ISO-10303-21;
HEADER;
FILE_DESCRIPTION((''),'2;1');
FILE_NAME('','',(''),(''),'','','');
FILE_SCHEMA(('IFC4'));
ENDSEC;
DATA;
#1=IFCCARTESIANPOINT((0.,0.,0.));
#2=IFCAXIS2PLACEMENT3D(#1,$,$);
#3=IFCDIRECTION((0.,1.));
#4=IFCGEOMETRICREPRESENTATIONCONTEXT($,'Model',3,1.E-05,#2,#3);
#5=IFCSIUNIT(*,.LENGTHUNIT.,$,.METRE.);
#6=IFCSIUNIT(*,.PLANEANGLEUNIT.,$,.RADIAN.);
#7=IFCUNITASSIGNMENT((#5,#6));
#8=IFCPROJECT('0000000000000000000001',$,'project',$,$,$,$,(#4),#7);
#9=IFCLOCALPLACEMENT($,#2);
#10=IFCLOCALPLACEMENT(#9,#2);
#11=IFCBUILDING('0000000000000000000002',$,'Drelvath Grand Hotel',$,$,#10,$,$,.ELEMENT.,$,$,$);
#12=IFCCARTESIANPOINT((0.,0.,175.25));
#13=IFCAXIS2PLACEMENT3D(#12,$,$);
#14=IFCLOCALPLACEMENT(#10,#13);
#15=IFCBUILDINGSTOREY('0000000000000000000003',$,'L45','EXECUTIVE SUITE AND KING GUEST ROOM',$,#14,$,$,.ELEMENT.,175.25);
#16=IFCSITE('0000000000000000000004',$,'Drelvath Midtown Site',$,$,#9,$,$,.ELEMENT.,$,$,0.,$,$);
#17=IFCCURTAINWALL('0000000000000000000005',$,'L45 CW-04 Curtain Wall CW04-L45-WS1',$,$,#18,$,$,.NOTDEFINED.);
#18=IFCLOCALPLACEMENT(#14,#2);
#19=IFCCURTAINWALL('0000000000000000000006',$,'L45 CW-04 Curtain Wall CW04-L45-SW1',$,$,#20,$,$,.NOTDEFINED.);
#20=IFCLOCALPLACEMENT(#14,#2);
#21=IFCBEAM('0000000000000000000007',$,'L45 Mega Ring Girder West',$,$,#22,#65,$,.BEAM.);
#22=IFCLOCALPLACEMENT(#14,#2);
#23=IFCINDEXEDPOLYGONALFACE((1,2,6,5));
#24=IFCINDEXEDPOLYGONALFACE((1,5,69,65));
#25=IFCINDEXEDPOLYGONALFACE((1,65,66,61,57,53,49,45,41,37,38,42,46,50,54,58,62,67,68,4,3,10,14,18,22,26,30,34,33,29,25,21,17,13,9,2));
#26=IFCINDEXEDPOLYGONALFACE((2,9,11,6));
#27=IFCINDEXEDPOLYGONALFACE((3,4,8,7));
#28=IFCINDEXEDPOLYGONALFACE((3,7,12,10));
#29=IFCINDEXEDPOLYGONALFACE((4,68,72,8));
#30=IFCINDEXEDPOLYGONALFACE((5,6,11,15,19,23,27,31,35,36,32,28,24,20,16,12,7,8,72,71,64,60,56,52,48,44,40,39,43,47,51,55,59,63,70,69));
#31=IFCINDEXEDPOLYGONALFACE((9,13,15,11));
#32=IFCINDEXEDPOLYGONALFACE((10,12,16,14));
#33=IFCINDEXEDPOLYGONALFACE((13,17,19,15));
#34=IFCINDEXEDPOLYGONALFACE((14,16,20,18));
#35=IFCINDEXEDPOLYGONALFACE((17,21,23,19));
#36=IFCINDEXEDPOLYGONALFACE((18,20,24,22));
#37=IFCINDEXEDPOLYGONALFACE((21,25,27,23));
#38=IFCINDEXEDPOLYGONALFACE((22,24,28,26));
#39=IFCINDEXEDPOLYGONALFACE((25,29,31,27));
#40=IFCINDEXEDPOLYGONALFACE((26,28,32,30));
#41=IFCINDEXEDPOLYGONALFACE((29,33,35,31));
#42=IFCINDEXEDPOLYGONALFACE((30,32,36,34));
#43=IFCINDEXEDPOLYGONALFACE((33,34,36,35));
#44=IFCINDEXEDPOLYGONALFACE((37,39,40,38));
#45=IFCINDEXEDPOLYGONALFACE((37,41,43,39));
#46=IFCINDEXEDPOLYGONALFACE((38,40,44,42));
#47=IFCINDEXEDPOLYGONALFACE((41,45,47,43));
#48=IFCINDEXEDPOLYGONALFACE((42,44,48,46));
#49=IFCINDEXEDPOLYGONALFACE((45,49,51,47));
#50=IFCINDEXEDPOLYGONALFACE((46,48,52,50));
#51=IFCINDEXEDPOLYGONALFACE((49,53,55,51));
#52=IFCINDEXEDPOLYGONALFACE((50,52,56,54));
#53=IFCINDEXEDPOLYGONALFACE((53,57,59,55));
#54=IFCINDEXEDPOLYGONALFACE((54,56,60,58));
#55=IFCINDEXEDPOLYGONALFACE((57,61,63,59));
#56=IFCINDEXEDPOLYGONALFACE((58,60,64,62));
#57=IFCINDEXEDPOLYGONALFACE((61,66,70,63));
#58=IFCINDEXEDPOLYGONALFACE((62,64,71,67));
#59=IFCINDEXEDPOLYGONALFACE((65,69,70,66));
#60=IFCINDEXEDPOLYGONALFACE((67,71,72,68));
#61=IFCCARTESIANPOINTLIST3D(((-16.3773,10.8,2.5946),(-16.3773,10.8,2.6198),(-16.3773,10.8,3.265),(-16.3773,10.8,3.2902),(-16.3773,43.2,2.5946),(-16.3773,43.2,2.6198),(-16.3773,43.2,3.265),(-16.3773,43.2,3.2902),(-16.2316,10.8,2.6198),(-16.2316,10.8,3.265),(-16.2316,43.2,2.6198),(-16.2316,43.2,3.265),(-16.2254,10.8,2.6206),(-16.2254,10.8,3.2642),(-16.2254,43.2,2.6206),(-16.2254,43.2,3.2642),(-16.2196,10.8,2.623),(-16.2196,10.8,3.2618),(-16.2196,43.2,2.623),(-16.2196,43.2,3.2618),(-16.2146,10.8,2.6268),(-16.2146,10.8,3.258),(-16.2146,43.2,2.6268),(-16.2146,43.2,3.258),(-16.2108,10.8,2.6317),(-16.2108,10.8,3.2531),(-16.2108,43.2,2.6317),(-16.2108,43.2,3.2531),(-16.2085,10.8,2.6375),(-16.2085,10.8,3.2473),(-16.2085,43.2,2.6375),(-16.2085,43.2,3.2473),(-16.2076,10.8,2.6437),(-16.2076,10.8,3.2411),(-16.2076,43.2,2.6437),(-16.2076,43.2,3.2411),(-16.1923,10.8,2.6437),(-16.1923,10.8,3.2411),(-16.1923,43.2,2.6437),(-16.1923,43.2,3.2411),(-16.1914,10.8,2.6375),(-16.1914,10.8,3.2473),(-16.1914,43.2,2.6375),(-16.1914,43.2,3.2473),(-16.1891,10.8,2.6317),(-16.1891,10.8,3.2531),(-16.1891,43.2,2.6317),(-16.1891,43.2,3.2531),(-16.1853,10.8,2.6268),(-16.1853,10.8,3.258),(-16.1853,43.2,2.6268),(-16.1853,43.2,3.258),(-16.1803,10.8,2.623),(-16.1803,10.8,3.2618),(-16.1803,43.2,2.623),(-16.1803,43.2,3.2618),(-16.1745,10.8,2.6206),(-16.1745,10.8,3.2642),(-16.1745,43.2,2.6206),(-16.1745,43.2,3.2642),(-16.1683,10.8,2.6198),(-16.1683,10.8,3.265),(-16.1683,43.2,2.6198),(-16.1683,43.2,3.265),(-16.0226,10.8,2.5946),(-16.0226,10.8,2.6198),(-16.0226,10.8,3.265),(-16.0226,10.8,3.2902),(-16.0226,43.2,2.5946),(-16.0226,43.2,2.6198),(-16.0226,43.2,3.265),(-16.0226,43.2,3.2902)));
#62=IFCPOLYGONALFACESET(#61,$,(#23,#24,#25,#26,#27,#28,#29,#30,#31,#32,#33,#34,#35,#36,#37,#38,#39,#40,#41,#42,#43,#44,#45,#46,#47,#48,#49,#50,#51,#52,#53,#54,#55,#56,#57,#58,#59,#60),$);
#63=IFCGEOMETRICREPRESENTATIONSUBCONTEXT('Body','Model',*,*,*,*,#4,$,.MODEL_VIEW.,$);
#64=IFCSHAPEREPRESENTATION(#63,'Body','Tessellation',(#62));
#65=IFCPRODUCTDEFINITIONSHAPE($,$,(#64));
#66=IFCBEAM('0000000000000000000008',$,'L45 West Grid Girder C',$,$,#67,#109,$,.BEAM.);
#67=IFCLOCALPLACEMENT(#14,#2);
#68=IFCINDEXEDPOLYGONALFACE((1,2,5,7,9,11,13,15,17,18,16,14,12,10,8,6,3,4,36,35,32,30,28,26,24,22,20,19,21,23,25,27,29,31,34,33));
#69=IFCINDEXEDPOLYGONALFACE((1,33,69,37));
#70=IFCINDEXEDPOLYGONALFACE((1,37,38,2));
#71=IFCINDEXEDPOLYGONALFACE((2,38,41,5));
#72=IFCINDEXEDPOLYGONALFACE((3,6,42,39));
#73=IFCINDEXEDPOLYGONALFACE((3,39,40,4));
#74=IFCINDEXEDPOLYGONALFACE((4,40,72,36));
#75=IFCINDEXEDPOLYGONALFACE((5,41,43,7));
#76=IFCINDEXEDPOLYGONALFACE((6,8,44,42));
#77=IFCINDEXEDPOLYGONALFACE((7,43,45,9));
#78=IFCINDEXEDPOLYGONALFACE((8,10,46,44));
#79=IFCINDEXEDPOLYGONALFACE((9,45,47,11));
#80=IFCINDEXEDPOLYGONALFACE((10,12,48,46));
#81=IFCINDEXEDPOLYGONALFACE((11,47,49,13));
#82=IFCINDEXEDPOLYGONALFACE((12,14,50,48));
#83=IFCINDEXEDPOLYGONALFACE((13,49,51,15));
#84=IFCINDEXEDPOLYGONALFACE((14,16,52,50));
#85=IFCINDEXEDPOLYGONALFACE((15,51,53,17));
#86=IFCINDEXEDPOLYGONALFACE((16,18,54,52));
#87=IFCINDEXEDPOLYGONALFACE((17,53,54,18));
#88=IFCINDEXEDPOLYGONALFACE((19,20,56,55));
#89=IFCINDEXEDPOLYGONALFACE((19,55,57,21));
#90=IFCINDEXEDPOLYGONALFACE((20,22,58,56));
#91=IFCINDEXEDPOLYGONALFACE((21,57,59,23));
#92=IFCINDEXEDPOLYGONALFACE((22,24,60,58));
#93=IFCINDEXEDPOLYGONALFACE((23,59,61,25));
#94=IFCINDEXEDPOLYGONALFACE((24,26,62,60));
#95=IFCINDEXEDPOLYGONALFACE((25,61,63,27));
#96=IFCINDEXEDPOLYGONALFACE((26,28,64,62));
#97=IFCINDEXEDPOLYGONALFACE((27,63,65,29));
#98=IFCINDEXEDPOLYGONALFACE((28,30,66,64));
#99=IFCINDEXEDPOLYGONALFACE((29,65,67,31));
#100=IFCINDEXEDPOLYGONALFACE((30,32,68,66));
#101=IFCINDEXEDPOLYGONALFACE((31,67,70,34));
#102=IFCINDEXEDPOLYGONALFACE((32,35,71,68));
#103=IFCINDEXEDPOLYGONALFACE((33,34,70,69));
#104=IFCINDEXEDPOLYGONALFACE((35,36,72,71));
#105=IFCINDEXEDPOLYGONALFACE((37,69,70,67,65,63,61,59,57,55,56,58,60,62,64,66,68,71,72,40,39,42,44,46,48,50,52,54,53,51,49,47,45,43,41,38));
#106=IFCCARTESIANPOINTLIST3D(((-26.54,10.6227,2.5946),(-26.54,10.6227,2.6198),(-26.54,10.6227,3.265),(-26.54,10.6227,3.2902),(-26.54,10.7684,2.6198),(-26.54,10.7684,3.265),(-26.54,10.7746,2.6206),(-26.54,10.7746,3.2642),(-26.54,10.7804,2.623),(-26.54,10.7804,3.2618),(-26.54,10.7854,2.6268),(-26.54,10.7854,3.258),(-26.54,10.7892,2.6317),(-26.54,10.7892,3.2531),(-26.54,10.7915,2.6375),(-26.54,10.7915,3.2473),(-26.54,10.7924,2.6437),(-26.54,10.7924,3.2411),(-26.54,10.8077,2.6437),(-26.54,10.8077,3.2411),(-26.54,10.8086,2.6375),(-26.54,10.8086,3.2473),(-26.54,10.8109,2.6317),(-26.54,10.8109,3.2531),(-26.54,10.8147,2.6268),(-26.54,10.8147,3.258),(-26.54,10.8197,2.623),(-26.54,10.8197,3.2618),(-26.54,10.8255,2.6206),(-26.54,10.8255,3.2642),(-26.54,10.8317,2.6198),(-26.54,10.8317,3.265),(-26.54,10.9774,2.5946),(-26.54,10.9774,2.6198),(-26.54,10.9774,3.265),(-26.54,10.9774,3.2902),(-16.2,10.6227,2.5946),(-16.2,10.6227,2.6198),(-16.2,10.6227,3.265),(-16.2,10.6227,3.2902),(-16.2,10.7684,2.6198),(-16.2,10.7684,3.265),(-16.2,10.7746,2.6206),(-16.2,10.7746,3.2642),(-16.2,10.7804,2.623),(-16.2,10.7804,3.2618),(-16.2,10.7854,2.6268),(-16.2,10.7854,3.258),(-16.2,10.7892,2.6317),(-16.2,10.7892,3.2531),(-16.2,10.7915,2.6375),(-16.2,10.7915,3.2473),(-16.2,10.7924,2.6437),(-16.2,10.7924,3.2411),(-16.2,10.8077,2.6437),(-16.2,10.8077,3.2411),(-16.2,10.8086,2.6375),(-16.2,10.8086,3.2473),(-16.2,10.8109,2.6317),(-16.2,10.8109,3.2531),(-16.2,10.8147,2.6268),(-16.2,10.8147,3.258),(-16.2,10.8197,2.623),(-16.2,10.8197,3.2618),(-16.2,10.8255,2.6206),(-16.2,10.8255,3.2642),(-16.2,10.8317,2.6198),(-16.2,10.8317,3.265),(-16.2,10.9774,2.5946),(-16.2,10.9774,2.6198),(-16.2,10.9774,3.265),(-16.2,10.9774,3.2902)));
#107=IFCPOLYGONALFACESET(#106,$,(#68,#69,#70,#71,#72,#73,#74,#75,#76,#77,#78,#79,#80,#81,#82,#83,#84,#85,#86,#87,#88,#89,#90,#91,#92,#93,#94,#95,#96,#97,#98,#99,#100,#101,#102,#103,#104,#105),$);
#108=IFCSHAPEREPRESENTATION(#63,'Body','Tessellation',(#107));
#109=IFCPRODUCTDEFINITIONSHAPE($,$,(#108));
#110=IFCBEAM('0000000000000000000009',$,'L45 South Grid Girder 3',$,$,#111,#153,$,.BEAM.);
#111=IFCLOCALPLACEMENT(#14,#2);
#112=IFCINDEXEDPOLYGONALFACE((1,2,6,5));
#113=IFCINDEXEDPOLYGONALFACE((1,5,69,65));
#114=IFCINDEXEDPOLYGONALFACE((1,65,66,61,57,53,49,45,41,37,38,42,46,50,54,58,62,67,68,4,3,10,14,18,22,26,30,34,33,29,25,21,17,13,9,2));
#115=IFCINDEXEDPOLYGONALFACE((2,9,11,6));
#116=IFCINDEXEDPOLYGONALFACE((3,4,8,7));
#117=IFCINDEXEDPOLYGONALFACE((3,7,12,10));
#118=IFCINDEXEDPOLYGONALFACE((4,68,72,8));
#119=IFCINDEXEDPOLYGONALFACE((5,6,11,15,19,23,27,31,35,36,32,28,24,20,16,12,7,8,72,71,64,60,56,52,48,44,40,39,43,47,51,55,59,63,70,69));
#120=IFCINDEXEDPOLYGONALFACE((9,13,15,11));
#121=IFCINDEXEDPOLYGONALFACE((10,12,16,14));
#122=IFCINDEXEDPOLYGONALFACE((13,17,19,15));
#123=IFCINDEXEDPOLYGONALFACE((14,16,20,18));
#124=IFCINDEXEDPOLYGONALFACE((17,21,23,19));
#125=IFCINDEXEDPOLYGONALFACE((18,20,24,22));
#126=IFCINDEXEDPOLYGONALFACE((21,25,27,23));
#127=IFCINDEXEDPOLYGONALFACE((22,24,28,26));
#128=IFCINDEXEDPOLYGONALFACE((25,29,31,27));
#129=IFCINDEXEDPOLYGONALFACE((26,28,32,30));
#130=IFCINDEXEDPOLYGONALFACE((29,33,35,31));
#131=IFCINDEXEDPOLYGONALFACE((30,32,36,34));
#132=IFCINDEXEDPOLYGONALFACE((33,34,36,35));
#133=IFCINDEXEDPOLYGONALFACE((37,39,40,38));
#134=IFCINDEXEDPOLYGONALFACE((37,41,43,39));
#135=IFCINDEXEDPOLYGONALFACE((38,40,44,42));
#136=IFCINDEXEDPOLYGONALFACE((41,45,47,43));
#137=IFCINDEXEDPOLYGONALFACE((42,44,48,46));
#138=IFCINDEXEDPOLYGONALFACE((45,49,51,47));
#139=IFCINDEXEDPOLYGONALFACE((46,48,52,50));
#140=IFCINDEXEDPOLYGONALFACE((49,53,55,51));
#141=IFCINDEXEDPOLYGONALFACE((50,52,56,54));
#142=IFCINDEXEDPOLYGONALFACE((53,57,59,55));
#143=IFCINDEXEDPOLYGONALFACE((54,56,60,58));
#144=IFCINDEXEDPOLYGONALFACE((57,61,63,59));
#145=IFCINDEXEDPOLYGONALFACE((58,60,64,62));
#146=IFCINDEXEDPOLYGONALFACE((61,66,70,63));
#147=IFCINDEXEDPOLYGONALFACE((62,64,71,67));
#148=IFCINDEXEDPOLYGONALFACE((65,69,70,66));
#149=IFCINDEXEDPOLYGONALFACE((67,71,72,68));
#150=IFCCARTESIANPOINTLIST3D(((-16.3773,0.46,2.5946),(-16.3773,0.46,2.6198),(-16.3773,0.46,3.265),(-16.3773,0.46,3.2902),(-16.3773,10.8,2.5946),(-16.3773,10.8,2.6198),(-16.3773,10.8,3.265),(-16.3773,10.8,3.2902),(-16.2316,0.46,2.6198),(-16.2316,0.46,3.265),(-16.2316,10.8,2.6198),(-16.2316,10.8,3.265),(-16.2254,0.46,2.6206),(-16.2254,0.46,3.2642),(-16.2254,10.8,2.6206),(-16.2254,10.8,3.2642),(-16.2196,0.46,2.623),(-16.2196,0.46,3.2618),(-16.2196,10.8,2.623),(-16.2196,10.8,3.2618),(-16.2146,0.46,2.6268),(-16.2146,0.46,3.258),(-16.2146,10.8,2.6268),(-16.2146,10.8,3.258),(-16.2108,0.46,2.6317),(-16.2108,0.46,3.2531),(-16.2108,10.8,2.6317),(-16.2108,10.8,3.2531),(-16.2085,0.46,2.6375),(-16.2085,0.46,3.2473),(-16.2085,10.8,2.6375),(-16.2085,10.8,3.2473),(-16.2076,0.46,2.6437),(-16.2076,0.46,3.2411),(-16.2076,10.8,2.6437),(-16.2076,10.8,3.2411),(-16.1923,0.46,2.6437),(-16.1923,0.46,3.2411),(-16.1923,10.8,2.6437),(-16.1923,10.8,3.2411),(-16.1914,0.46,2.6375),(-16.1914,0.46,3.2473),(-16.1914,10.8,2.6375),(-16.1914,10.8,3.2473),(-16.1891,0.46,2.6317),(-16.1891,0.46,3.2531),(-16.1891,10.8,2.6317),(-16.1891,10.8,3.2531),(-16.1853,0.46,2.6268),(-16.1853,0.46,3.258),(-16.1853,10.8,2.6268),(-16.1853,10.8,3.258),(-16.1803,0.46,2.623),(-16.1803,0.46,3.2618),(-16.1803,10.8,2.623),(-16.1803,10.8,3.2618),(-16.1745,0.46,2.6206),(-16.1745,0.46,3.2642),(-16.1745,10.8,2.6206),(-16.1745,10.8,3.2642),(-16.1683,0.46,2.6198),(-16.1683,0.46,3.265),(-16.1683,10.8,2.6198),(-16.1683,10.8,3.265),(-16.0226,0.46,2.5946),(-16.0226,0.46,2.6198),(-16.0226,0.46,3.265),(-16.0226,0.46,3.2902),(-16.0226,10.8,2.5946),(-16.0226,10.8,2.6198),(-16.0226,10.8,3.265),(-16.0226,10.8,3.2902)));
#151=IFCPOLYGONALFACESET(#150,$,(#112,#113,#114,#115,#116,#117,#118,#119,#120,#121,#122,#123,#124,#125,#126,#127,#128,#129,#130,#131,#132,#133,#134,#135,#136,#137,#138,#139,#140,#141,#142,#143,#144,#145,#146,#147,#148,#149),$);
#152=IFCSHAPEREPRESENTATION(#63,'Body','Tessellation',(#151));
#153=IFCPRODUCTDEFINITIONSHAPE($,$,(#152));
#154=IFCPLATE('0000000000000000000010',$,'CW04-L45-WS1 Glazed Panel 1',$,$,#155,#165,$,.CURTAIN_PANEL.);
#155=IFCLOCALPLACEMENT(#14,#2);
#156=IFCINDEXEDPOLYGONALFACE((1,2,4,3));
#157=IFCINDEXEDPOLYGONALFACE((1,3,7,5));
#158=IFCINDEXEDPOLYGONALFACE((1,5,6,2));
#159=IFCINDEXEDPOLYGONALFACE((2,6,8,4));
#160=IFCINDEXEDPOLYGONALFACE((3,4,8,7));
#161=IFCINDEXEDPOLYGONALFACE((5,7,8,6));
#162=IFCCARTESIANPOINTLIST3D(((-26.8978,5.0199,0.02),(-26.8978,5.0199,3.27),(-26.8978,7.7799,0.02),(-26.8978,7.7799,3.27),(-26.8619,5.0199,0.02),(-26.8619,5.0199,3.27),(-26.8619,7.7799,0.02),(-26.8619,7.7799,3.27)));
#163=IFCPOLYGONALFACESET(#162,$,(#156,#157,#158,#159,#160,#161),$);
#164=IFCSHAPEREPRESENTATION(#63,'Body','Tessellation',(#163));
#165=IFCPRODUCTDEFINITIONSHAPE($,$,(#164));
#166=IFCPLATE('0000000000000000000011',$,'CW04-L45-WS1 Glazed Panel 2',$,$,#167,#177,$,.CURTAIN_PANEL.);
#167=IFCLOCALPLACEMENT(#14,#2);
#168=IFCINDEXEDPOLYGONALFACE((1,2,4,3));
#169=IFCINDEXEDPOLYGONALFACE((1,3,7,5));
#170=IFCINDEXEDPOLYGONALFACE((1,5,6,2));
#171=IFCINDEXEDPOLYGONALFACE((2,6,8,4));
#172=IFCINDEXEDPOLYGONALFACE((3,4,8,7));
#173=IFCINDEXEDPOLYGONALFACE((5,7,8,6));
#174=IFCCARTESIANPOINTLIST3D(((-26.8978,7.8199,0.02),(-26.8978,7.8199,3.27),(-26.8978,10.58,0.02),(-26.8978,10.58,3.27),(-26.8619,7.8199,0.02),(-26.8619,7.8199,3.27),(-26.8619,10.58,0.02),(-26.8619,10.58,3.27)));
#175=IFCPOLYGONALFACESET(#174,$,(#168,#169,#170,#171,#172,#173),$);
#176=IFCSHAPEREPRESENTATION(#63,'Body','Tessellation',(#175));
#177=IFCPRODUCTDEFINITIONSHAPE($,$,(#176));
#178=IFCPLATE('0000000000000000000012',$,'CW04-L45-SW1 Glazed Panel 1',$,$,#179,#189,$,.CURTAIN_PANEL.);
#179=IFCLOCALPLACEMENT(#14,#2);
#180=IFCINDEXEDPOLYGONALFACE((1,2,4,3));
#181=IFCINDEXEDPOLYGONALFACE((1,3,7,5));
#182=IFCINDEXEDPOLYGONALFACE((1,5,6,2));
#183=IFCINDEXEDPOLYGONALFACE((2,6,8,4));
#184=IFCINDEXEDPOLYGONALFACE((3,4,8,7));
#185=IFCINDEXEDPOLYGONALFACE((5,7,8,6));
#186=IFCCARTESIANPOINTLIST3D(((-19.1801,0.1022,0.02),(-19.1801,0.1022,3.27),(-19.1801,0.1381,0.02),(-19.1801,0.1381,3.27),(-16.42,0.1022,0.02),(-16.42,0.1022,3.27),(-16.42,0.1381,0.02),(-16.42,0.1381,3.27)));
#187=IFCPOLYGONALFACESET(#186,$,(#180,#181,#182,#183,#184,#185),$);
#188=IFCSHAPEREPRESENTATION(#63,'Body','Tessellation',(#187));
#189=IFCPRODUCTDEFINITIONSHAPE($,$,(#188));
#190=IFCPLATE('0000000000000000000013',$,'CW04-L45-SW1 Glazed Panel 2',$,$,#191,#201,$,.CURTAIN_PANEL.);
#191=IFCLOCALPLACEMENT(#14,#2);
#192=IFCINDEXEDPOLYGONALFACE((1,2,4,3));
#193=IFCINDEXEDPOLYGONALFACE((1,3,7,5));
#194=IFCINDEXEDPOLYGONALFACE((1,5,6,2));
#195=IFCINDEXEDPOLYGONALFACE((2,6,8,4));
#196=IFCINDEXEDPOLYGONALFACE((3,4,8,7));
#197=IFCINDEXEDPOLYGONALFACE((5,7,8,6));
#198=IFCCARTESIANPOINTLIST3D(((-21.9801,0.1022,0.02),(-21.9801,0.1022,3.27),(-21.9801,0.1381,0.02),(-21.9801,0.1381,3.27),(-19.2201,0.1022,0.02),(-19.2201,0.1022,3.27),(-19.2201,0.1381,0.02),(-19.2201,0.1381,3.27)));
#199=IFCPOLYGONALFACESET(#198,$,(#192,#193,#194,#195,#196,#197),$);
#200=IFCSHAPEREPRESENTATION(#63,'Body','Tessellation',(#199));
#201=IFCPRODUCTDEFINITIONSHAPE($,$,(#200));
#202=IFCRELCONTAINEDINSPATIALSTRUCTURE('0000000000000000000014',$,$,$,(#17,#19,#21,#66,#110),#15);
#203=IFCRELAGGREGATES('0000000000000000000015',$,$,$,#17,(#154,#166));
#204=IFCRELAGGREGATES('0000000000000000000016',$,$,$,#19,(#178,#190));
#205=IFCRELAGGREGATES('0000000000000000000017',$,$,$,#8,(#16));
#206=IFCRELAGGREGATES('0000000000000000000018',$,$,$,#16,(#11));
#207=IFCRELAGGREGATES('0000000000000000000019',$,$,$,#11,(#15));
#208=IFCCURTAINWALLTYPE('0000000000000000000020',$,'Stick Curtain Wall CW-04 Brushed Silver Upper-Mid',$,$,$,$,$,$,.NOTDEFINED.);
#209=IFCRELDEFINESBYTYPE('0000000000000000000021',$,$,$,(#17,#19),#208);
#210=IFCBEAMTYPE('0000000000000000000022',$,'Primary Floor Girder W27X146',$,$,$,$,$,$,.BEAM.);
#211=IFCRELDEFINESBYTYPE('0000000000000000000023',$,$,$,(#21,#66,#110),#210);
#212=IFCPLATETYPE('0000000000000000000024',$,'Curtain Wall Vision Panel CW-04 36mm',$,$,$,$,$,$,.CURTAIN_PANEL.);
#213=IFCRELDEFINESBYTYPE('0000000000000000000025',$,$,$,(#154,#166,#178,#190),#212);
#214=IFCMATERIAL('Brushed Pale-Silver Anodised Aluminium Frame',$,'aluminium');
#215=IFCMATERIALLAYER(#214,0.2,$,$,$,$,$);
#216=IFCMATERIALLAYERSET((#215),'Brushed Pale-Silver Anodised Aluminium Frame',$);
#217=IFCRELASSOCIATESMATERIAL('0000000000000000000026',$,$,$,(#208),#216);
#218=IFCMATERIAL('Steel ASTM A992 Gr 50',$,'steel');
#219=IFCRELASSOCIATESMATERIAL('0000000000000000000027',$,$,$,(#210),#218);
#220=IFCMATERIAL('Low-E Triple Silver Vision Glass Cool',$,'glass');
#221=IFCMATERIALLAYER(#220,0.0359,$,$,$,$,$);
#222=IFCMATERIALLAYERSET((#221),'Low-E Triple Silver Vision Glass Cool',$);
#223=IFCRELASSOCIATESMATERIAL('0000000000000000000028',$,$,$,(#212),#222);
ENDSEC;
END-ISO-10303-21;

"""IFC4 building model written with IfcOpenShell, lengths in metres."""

from ifc_helpers import new_model, si_unit, direction, frame, origin, origin_2d, place, context, subcontext, project, spatial, rectangle, i_section, extrude, material, layer, layer_set, material_profile, profile_set, type_object, element, aggregate, save


model = new_model("IFC4")

# Units and contexts
model_context = context("Model", 3, precision=1e-05, world=origin(), true_north=direction((0.0, 1.0)))
body_context = subcontext(model_context, "Body", "Model", "MODEL_VIEW")
ifc_project = project(units=[si_unit("LENGTHUNIT", "METRE"), si_unit("PLANEANGLEUNIT", "RADIAN")], contexts=[model_context])

# Site, building, storey
site_placement = place(None, origin())
site = spatial("IfcSite", under=ifc_project, at=site_placement, Name="Drelvath Midtown Site", CompositionType="ELEMENT", RefElevation=0.0)
building_placement = place(site_placement, origin())
building = spatial("IfcBuilding", under=site, at=building_placement, Name="Drelvath Grand Hotel", CompositionType="ELEMENT")
storey_placement = place(building_placement, frame((0.0, 0.0, 175.25)))
storey = spatial("IfcBuildingStorey", under=building, at=storey_placement, Name="L45", Description="EXECUTIVE SUITE AND KING GUEST ROOM", CompositionType="ELEMENT", Elevation=175.25)

# Curtain walls
ifc_material_1 = material(Name="Brushed Pale-Silver Anodised Aluminium Frame", Category="aluminium")
ifc_layer_1 = layer(ifc_material_1, 0.2)
ifc_layer_set_1 = layer_set([ifc_layer_1], Name="Brushed Pale-Silver Anodised Aluminium Frame")
curtain_wall_type = type_object("IfcCurtainWallType", Name="Stick Curtain Wall CW-04 Brushed Silver Upper-Mid", PredefinedType="NOTDEFINED", material=ifc_layer_set_1)
curtain_wall_1_placement = place(storey_placement, origin())
curtain_wall_1 = element("IfcCurtainWall", 1, at=curtain_wall_1_placement, inside=storey, type_object=curtain_wall_type, Name="L45 CW-04 Curtain Wall CW04-L45-WS1", PredefinedType="NOTDEFINED")
curtain_wall_2_placement = place(storey_placement, origin())
curtain_wall_2 = element("IfcCurtainWall", 2, at=curtain_wall_2_placement, inside=storey, type_object=curtain_wall_type, Name="L45 CW-04 Curtain Wall CW04-L45-SW1", PredefinedType="NOTDEFINED")

# Beams
ifc_material_2 = material(Name="Steel ASTM A992 Gr 50", Category="steel")
ifc_material_profile_1 = material_profile(ifc_material_2, i_section(OverallWidth=0.3547, OverallDepth=0.6956, WebThickness=0.0154, FlangeThickness=0.0251, FilletRadius=0.0239, at=origin_2d()), Name="W27X146")
ifc_profile_set_1 = profile_set([ifc_material_profile_1], Name="Steel ASTM A992 Gr 50")
beam_type_1 = type_object("IfcBeamType", Name="Primary Floor Girder W27X146", PredefinedType="BEAM", material=ifc_profile_set_1)
for number, where, z_axis, x_axis, name in (
    (3, (-16.2, 10.8, 2.9424), (0.0, 1.0, 0.0), (-1.0, 0.0, 0.0), "L45 Mega Ring Girder West"),
):
    element("IfcBeam", number, at=place(storey_placement, frame(where, z_axis=z_axis, x_axis=x_axis)), inside=storey, type_object=beam_type_1, Name=name, PredefinedType="BEAM", context=body_context, shape_type="SweptSolid", body=[
        extrude(i_section(OverallWidth=0.3547, OverallDepth=0.6956, WebThickness=0.0154, FlangeThickness=0.0251, FilletRadius=0.0239, at=origin_2d()), origin(), (0.0, 0.0, 1.0), 32.3999),
    ])
for number, where, z_axis, x_axis, name in (
    (4, (-26.54, 10.8, 2.9424), (1.0, 0.0, 0.0), (0.0, 1.0, 0.0), "L45 West Grid Girder C"),
    (5, (-16.2, 0.46, 2.9424), (0.0, 1.0, 0.0), (-1.0, 0.0, 0.0), "L45 South Grid Girder 3"),
):
    element("IfcBeam", number, at=place(storey_placement, frame(where, z_axis=z_axis, x_axis=x_axis)), inside=storey, type_object=beam_type_1, Name=name, PredefinedType="BEAM", context=body_context, shape_type="SweptSolid", body=[
        extrude(i_section(OverallWidth=0.3547, OverallDepth=0.6956, WebThickness=0.0154, FlangeThickness=0.0251, FilletRadius=0.0239, at=origin_2d()), origin(), (0.0, 0.0, 1.0), 10.3401),
    ])

# Plates
ifc_material_3 = material(Name="Low-E Triple Silver Vision Glass Cool", Category="glass")
ifc_layer_2 = layer(ifc_material_3, 0.0359)
ifc_layer_set_2 = layer_set([ifc_layer_2], Name="Low-E Triple Silver Vision Glass Cool")
plate_type = type_object("IfcPlateType", Name="Curtain Wall Vision Panel CW-04 36mm", PredefinedType="CURTAIN_PANEL", material=ifc_layer_set_2)
plate_1_placement = place(storey_placement, frame((-26.8799, 6.3999, 0.02), z_axis=(0.0, 0.0, 1.0), x_axis=(0.0, 1.0, 0.0)))
plate_1 = element("IfcPlate", 6, at=plate_1_placement, type_object=plate_type, Name="CW04-L45-WS1 Glazed Panel 1", PredefinedType="CURTAIN_PANEL", context=body_context, shape_type="SweptSolid", body=[
    extrude(rectangle(XDim=2.76, YDim=0.0359, at=origin_2d()), origin(), (0.0, 0.0, 1.0), 3.25),
])
plate_2_placement = place(storey_placement, frame((-26.8799, 9.2, 0.02), z_axis=(0.0, 0.0, 1.0), x_axis=(0.0, 1.0, 0.0)))
plate_2 = element("IfcPlate", 7, at=plate_2_placement, type_object=plate_type, Name="CW04-L45-WS1 Glazed Panel 2", PredefinedType="CURTAIN_PANEL", context=body_context, shape_type="SweptSolid", body=[
    extrude(rectangle(XDim=2.76, YDim=0.0359, at=origin_2d()), origin(), (0.0, 0.0, 1.0), 3.25),
])
aggregate(curtain_wall_1, [plate_1, plate_2])
plate_3_placement = place(storey_placement, frame((-17.8, 0.1201, 0.02), z_axis=(0.0, 0.0, 1.0), x_axis=(-1.0, 0.0, 0.0)))
plate_3 = element("IfcPlate", 8, at=plate_3_placement, type_object=plate_type, Name="CW04-L45-SW1 Glazed Panel 1", PredefinedType="CURTAIN_PANEL", context=body_context, shape_type="SweptSolid", body=[
    extrude(rectangle(XDim=2.76, YDim=0.0359, at=origin_2d()), origin(), (0.0, 0.0, 1.0), 3.25),
])
plate_4_placement = place(storey_placement, frame((-20.6001, 0.1201, 0.02), z_axis=(0.0, 0.0, 1.0), x_axis=(-1.0, 0.0, 0.0)))
plate_4 = element("IfcPlate", 9, at=plate_4_placement, type_object=plate_type, Name="CW04-L45-SW1 Glazed Panel 2", PredefinedType="CURTAIN_PANEL", context=body_context, shape_type="SweptSolid", body=[
    extrude(rectangle(XDim=2.76, YDim=0.0359, at=origin_2d()), origin(), (0.0, 0.0, 1.0), 3.25),
])
aggregate(curtain_wall_2, [plate_3, plate_4])

save(model, "model.ifc")
